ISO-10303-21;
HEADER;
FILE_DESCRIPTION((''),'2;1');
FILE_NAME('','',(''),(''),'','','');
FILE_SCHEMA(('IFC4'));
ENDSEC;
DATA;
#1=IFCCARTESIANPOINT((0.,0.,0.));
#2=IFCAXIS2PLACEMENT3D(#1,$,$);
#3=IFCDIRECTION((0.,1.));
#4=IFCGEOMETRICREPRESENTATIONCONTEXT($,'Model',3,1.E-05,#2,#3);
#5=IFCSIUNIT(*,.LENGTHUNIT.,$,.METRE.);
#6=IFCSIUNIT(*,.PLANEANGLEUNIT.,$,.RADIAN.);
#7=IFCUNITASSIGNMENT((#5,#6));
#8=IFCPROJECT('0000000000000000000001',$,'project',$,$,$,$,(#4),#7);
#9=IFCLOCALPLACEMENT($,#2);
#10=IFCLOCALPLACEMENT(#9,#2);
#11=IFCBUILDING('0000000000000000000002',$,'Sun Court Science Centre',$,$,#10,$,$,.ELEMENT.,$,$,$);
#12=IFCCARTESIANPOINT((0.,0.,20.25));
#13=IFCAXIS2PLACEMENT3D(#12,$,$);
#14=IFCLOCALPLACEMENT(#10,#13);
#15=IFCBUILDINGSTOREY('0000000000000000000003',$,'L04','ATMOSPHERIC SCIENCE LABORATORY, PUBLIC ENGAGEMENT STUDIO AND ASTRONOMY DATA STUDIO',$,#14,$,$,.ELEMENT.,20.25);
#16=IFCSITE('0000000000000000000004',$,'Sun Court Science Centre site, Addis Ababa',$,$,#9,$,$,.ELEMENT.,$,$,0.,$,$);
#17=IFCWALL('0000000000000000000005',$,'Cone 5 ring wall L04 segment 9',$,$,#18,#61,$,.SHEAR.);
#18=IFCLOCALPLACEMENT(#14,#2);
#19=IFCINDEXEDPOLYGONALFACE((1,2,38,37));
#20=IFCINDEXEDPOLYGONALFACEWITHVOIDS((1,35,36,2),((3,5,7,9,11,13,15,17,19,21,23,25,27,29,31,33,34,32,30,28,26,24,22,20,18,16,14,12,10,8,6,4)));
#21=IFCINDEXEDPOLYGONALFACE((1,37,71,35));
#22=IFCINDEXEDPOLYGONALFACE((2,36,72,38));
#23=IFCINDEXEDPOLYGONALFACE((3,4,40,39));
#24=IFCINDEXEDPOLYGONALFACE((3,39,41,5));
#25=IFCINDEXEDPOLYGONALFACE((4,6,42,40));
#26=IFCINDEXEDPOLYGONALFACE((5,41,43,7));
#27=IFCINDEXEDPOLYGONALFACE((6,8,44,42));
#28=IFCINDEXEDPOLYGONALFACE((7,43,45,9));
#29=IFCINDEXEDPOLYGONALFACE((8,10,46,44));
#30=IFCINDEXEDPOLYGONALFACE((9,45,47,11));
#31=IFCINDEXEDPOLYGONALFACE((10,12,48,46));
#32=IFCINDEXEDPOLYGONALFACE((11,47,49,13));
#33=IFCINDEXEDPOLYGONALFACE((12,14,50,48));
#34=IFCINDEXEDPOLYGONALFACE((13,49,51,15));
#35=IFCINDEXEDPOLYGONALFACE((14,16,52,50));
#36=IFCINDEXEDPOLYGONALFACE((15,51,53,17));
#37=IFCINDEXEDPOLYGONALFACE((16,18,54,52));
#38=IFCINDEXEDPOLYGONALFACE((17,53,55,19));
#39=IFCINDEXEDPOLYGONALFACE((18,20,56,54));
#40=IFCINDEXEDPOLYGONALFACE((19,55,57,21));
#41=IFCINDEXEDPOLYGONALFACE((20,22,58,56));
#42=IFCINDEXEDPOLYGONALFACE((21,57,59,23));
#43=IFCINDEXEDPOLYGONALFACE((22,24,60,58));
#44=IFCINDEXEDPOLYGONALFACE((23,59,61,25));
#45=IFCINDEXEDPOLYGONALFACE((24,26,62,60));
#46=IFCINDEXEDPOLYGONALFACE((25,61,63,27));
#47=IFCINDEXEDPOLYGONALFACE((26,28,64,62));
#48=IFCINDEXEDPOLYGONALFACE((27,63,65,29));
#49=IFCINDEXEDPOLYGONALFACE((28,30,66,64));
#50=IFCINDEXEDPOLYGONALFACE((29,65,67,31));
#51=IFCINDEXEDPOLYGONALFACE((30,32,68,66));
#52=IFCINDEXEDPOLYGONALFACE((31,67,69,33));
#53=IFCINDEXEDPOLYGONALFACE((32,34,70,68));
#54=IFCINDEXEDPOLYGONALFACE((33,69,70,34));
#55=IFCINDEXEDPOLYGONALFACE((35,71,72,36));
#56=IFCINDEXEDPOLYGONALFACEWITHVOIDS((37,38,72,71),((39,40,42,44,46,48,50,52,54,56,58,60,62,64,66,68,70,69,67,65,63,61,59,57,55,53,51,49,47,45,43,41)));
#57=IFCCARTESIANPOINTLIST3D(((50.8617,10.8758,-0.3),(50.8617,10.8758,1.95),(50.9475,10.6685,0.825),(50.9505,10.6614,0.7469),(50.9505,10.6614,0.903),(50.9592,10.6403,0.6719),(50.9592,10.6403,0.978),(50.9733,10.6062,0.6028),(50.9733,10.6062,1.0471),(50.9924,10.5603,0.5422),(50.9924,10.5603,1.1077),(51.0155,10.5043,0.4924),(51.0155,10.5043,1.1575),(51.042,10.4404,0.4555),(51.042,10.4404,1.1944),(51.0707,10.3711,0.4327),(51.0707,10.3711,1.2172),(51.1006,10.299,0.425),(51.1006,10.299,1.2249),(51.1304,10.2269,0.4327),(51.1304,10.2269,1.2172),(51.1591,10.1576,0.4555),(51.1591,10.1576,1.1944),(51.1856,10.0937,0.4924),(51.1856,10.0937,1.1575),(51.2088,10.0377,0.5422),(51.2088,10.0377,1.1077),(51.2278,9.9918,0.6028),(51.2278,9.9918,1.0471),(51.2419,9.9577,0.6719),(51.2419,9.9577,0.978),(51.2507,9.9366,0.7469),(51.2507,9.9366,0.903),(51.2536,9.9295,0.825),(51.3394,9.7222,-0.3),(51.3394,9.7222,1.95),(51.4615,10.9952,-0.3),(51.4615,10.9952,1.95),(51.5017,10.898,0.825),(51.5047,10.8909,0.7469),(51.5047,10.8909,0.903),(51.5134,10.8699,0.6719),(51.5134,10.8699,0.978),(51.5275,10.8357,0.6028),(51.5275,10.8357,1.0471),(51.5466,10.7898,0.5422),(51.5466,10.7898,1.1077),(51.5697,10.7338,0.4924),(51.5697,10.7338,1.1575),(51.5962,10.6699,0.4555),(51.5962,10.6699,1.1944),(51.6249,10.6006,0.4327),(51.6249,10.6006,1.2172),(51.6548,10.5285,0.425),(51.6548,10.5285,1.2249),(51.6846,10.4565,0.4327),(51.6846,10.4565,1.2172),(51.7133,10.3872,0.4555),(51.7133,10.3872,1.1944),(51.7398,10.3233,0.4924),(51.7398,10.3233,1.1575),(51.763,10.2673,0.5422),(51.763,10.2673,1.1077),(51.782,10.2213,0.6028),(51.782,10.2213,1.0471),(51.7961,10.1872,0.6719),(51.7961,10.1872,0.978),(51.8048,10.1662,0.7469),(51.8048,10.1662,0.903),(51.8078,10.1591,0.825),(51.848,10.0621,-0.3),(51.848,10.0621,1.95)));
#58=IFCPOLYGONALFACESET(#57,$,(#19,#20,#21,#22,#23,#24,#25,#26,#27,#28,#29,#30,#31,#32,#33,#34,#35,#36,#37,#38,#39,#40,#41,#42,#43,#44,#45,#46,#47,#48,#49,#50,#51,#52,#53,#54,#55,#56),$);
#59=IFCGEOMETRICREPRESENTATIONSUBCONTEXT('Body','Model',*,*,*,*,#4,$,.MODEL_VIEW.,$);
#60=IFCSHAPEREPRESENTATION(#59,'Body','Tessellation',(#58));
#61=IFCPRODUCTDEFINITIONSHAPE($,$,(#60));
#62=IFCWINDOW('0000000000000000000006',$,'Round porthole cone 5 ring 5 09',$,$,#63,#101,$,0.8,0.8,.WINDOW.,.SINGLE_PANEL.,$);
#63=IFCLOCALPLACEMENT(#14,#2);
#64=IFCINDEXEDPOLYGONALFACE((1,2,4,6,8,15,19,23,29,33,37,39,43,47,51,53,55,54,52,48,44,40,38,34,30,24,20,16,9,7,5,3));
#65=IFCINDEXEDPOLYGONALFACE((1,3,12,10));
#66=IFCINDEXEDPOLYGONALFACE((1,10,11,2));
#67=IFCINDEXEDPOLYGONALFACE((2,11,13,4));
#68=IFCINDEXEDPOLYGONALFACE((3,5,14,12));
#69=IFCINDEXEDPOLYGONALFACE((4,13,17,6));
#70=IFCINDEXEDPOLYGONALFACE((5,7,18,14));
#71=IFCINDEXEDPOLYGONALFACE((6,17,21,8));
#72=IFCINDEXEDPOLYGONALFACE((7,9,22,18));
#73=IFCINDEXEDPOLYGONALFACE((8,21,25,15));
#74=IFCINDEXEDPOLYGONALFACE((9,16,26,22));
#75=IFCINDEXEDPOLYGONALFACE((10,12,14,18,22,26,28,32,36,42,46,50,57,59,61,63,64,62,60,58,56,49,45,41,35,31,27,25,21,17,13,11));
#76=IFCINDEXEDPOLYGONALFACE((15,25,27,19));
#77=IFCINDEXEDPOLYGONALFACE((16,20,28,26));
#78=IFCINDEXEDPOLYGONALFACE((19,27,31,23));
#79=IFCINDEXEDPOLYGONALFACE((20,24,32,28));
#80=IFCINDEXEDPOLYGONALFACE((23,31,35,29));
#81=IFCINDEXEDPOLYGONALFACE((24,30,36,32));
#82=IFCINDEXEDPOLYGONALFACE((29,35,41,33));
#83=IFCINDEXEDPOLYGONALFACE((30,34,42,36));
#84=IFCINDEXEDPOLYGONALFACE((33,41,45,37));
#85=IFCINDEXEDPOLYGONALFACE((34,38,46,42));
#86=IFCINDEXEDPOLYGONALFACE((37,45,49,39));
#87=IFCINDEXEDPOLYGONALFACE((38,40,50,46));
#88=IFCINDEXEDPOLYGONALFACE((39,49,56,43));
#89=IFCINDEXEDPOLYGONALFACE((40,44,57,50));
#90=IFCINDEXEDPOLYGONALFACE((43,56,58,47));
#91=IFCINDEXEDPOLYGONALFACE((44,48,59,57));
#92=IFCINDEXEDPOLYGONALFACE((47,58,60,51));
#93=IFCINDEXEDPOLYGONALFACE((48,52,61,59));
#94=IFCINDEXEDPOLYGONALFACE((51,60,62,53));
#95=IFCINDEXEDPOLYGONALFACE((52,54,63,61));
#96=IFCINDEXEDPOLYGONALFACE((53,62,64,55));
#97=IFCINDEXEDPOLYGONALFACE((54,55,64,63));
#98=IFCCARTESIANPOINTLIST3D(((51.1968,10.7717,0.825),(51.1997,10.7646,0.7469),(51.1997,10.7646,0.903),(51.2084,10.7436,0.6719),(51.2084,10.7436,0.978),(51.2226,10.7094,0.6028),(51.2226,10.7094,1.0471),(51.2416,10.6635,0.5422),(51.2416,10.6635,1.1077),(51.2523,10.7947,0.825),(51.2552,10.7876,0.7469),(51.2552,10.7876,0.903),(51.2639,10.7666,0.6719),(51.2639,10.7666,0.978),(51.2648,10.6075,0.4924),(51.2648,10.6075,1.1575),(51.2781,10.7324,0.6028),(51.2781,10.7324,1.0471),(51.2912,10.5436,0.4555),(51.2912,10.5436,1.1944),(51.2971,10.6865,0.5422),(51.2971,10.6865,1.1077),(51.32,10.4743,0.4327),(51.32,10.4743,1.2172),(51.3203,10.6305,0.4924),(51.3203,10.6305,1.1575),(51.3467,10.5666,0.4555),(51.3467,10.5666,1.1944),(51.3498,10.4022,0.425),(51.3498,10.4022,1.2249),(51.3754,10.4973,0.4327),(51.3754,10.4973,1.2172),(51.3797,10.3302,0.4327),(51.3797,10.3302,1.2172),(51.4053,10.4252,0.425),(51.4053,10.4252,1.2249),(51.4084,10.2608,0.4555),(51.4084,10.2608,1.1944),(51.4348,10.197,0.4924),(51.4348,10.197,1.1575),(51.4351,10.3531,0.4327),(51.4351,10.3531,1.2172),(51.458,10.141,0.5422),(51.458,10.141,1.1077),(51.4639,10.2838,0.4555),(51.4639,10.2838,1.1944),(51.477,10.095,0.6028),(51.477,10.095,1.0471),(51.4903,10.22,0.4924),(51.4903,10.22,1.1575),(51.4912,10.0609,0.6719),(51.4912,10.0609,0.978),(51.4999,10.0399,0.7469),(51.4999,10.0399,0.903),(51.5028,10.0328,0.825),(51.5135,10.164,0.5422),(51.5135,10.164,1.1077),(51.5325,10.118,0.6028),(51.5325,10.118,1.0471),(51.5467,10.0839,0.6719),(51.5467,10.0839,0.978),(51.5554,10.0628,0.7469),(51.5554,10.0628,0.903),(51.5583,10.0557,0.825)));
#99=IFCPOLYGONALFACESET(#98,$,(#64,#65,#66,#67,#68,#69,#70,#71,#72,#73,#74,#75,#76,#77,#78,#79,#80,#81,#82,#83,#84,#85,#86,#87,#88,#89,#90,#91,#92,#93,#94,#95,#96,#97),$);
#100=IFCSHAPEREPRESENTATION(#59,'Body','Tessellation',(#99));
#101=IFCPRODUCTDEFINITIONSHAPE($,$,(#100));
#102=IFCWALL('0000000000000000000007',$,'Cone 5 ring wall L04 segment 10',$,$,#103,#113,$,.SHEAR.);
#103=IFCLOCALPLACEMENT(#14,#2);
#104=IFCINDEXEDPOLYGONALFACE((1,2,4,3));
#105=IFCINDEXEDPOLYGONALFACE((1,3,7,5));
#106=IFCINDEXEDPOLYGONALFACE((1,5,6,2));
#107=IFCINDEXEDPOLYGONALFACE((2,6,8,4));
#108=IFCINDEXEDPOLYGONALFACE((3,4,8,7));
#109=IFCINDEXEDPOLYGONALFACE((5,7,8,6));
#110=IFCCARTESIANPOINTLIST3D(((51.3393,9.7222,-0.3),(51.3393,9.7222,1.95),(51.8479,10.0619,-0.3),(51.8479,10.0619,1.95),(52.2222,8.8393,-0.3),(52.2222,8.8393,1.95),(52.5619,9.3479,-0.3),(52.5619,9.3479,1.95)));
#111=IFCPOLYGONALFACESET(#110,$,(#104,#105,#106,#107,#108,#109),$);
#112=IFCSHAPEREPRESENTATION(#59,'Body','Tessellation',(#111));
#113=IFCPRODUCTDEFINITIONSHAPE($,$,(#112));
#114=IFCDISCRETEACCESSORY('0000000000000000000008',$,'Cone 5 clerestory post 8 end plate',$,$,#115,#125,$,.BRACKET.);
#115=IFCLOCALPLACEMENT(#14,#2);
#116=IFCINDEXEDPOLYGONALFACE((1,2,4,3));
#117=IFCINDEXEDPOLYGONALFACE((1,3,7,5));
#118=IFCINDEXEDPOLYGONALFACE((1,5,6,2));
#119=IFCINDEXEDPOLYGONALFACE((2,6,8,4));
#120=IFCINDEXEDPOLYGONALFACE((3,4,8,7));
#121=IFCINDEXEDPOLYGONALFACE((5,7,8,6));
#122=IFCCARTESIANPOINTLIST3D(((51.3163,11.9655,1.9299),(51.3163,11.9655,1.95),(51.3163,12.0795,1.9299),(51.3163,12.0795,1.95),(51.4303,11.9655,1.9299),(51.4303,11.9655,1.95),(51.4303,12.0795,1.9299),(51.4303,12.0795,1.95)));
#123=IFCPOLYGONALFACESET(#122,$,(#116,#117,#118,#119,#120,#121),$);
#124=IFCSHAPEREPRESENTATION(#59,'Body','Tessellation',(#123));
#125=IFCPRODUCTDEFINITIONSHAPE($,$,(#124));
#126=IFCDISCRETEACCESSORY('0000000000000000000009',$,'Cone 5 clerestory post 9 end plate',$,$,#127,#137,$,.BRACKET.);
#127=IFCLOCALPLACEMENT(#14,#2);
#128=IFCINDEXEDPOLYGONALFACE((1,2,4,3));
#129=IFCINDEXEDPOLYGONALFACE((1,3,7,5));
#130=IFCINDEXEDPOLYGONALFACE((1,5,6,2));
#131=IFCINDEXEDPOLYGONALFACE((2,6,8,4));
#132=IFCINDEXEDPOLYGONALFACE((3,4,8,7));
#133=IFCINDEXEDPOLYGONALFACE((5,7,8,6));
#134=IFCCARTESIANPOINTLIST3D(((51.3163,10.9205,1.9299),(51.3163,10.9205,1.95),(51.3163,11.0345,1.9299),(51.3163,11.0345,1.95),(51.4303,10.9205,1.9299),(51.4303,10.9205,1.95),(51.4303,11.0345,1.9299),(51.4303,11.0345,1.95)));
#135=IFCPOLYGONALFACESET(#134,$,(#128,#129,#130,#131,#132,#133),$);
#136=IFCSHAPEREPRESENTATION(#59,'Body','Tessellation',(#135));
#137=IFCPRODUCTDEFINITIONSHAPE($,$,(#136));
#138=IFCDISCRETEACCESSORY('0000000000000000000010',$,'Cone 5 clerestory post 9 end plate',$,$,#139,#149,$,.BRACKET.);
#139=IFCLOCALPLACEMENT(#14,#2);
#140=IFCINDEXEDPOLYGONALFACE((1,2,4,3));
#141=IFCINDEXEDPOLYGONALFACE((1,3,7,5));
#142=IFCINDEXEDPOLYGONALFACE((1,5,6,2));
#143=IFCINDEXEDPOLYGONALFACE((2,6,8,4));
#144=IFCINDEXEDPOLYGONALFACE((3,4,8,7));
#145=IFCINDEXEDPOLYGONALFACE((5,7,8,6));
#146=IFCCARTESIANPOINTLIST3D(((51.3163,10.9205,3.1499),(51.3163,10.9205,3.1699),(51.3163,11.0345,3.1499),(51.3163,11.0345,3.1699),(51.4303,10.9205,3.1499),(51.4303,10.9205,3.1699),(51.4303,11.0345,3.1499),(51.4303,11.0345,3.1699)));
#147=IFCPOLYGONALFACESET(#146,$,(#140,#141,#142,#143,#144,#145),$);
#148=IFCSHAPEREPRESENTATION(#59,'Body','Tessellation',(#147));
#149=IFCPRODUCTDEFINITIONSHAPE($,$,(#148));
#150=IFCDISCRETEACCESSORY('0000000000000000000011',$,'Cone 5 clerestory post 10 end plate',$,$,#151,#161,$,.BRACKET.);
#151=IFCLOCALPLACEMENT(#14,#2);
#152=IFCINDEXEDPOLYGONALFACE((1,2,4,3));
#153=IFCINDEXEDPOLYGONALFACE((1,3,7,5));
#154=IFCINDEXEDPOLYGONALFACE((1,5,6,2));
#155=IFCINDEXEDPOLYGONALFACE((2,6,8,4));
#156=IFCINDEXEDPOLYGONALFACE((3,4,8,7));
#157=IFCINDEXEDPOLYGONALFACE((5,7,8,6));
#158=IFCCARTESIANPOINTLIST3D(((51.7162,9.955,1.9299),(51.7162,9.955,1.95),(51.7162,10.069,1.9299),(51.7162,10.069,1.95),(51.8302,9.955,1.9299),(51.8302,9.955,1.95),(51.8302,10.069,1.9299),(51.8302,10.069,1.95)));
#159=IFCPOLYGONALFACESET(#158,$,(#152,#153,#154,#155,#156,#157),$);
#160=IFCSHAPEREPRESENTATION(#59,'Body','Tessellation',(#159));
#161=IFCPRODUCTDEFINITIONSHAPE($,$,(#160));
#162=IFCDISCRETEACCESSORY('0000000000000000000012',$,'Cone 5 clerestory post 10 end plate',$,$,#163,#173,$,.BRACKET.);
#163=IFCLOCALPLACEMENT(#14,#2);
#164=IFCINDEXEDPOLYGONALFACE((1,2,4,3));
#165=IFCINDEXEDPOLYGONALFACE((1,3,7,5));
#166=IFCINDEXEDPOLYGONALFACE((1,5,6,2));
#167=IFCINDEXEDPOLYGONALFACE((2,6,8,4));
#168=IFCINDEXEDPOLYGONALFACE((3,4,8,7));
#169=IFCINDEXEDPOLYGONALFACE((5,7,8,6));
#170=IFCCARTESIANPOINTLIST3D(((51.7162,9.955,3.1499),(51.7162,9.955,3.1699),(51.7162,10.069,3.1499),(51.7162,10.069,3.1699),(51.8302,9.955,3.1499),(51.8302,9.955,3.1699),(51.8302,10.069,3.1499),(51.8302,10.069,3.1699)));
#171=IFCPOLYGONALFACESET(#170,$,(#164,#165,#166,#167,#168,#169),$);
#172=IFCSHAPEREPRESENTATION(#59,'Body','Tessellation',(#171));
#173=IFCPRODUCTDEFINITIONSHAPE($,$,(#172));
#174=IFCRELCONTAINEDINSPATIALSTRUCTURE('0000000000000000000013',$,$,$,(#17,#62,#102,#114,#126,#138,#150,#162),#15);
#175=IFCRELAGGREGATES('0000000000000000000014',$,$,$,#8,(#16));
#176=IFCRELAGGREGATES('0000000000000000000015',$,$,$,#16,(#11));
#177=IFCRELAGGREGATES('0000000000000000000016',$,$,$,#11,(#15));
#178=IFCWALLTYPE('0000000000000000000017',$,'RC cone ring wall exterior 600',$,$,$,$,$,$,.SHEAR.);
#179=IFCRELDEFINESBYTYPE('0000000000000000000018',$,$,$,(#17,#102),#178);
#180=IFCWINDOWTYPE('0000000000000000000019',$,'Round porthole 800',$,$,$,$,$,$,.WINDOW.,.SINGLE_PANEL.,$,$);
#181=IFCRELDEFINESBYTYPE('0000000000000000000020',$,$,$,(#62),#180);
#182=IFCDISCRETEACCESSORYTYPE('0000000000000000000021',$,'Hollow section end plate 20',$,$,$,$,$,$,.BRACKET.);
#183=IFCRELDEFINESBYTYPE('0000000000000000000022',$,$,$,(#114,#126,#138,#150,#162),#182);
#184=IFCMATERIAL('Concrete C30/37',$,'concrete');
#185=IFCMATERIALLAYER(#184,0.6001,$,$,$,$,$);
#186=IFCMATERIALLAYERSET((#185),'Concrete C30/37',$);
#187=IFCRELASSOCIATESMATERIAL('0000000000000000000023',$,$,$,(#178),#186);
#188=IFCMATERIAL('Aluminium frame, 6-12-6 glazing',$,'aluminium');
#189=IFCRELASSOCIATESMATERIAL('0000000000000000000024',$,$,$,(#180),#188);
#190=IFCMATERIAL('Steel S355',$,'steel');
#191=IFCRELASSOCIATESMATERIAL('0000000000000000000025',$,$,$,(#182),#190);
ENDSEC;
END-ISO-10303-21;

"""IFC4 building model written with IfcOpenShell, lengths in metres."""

from ifc_helpers import new_model, si_unit, direction, frame, frame_2d, origin, origin_2d, place, context, subcontext, project, spatial, polyline, rectangle, circle, outline, extrude, material, layer, layer_set, type_object, element, fill, save


model = new_model("IFC4")

# Units and contexts
model_context = context("Model", 3, precision=1e-05, world=origin(), true_north=direction((0.0, 1.0)))
body_context = subcontext(model_context, "Body", "Model", "MODEL_VIEW")
ifc_project = project(units=[si_unit("LENGTHUNIT", "METRE"), si_unit("PLANEANGLEUNIT", "RADIAN")], contexts=[model_context])

# Site, building, storey
site_placement = place(None, origin())
site = spatial("IfcSite", under=ifc_project, at=site_placement, Name="Sun Court Science Centre site, Addis Ababa", CompositionType="ELEMENT", RefElevation=0.0)
building_placement = place(site_placement, origin())
building = spatial("IfcBuilding", under=site, at=building_placement, Name="Sun Court Science Centre", CompositionType="ELEMENT")
storey_placement = place(building_placement, frame((0.0, 0.0, 20.25)))
storey = spatial("IfcBuildingStorey", under=building, at=storey_placement, Name="L04", Description="ATMOSPHERIC SCIENCE LABORATORY, PUBLIC ENGAGEMENT STUDIO AND ASTRONOMY DATA STUDIO", CompositionType="ELEMENT", Elevation=20.25)

# Wall, opening, window
ifc_material_1 = material(Name="Concrete C30/37", Category="concrete")
ifc_layer_1 = layer(ifc_material_1, 0.6001)
ifc_layer_set_1 = layer_set([ifc_layer_1], Name="Concrete C30/37")
wall_type = type_object("IfcWallType", Name="RC cone ring wall exterior 600", PredefinedType="SHEAR", material=ifc_layer_set_1)
wall_1_placement = place(storey_placement, frame((51.1387, 10.9905, -0.3), z_axis=(0.0, 0.0, 1.0), x_axis=(0.382657, -0.923891, 0.0)))
wall_1 = element("IfcWall", 1, at=wall_1_placement, inside=storey, type_object=wall_type, Name="Cone 5 ring wall L04 segment 9", PredefinedType="SHEAR", context=body_context, shape_type="SweptSolid", body=[
    extrude(outline(polyline([(0.0, -0.2998), (1.2485, -0.2998), (1.1292, 0.3), (0.1191, 0.3), (0.0, -0.2998)])), origin(), (0.0, 0.0, 1.0), 2.25),
])
opening_placement = place(wall_1_placement, frame((0.2244, 0.0, 0.7251)))
opening = element("IfcOpeningElement", 2, at=opening_placement, cuts=wall_1, PredefinedType="OPENING", context=body_context, shape_type="SweptSolid", body=[
    extrude(circle(Radius=0.3999, at=frame_2d((0.3999, 0.3999))), frame((0.0, 0.3101, 0.0), z_axis=(0.0, -1.0, 0.0), x_axis=(1.0, 0.0, 0.0)), (0.0, 0.0, 1.0), 0.6201),
])
ifc_material_2 = material(Name="Aluminium frame, 6-12-6 glazing", Category="aluminium")
window_type = type_object("IfcWindowType", Name="Round porthole 800", PartitioningType="SINGLE_PANEL", PredefinedType="WINDOW", material=ifc_material_2)
window_placement = place(opening_placement, origin())
window = element("IfcWindow", 3, at=window_placement, inside=storey, type_object=window_type, Name="Round porthole cone 5 ring 5 09", OverallHeight=0.8, OverallWidth=0.8, PartitioningType="SINGLE_PANEL", PredefinedType="WINDOW", context=body_context, shape_type="SweptSolid", body=[
    extrude(circle(Radius=0.3999, at=frame_2d((0.3999, 0.3999))), frame((0.0, 0.03, 0.0), z_axis=(0.0, -1.0, 0.0), x_axis=(1.0, 0.0, 0.0)), (0.0, 0.0, 1.0), 0.0601),
])
fill(opening, window)

# Wall
wall_2_placement = place(storey_placement, frame((51.5515, 9.9343, -0.3), z_axis=(0.0, 0.0, 1.0), x_axis=(0.707107, -0.707107, 0.0)))
element("IfcWall", 4, at=wall_2_placement, inside=storey, type_object=wall_type, Name="Cone 5 ring wall L04 segment 10", PredefinedType="SHEAR", context=body_context, shape_type="SweptSolid", body=[
    extrude(outline(polyline([(0.0, -0.3), (1.2485, -0.3), (1.1292, 0.2998), (0.1194, 0.2998), (0.0, -0.3)])), origin(), (0.0, 0.0, 1.0), 2.25),
])

# Discrete accessories
ifc_material_3 = material(Name="Steel S355", Category="steel")
discrete_accessory_type = type_object("IfcDiscreteAccessoryType", Name="Hollow section end plate 20", PredefinedType="BRACKET", material=ifc_material_3)
for number, where, z_axis, x_axis, name in (
    (5, (51.3733, 12.0225, 1.9299), (0.0, 0.0, 1.0), (1.0, 0.0, 0.0), "Cone 5 clerestory post 8 end plate"),
    (6, (51.3733, 10.9775, 1.9299), (0.0, 0.0, 1.0), (1.0, 0.0, 0.0), "Cone 5 clerestory post 9 end plate"),
    (7, (51.3733, 10.9775, 3.1499), (0.0, 0.0, 1.0), (1.0, 0.0, 0.0), "Cone 5 clerestory post 9 end plate"),
    (8, (51.7732, 10.012, 1.9299), (0.0, 0.0, 1.0), (1.0, 0.0, 0.0), "Cone 5 clerestory post 10 end plate"),
    (9, (51.7732, 10.012, 3.1499), (0.0, 0.0, 1.0), (1.0, 0.0, 0.0), "Cone 5 clerestory post 10 end plate"),
):
    element("IfcDiscreteAccessory", number, at=place(storey_placement, frame(where, z_axis=z_axis, x_axis=x_axis)), inside=storey, type_object=discrete_accessory_type, Name=name, PredefinedType="BRACKET", context=body_context, shape_type="SweptSolid", body=[
        extrude(rectangle(XDim=0.114, YDim=0.114, at=origin_2d()), origin(), (0.0, 0.0, 1.0), 0.02),
    ])

save(model, "model.ifc")
